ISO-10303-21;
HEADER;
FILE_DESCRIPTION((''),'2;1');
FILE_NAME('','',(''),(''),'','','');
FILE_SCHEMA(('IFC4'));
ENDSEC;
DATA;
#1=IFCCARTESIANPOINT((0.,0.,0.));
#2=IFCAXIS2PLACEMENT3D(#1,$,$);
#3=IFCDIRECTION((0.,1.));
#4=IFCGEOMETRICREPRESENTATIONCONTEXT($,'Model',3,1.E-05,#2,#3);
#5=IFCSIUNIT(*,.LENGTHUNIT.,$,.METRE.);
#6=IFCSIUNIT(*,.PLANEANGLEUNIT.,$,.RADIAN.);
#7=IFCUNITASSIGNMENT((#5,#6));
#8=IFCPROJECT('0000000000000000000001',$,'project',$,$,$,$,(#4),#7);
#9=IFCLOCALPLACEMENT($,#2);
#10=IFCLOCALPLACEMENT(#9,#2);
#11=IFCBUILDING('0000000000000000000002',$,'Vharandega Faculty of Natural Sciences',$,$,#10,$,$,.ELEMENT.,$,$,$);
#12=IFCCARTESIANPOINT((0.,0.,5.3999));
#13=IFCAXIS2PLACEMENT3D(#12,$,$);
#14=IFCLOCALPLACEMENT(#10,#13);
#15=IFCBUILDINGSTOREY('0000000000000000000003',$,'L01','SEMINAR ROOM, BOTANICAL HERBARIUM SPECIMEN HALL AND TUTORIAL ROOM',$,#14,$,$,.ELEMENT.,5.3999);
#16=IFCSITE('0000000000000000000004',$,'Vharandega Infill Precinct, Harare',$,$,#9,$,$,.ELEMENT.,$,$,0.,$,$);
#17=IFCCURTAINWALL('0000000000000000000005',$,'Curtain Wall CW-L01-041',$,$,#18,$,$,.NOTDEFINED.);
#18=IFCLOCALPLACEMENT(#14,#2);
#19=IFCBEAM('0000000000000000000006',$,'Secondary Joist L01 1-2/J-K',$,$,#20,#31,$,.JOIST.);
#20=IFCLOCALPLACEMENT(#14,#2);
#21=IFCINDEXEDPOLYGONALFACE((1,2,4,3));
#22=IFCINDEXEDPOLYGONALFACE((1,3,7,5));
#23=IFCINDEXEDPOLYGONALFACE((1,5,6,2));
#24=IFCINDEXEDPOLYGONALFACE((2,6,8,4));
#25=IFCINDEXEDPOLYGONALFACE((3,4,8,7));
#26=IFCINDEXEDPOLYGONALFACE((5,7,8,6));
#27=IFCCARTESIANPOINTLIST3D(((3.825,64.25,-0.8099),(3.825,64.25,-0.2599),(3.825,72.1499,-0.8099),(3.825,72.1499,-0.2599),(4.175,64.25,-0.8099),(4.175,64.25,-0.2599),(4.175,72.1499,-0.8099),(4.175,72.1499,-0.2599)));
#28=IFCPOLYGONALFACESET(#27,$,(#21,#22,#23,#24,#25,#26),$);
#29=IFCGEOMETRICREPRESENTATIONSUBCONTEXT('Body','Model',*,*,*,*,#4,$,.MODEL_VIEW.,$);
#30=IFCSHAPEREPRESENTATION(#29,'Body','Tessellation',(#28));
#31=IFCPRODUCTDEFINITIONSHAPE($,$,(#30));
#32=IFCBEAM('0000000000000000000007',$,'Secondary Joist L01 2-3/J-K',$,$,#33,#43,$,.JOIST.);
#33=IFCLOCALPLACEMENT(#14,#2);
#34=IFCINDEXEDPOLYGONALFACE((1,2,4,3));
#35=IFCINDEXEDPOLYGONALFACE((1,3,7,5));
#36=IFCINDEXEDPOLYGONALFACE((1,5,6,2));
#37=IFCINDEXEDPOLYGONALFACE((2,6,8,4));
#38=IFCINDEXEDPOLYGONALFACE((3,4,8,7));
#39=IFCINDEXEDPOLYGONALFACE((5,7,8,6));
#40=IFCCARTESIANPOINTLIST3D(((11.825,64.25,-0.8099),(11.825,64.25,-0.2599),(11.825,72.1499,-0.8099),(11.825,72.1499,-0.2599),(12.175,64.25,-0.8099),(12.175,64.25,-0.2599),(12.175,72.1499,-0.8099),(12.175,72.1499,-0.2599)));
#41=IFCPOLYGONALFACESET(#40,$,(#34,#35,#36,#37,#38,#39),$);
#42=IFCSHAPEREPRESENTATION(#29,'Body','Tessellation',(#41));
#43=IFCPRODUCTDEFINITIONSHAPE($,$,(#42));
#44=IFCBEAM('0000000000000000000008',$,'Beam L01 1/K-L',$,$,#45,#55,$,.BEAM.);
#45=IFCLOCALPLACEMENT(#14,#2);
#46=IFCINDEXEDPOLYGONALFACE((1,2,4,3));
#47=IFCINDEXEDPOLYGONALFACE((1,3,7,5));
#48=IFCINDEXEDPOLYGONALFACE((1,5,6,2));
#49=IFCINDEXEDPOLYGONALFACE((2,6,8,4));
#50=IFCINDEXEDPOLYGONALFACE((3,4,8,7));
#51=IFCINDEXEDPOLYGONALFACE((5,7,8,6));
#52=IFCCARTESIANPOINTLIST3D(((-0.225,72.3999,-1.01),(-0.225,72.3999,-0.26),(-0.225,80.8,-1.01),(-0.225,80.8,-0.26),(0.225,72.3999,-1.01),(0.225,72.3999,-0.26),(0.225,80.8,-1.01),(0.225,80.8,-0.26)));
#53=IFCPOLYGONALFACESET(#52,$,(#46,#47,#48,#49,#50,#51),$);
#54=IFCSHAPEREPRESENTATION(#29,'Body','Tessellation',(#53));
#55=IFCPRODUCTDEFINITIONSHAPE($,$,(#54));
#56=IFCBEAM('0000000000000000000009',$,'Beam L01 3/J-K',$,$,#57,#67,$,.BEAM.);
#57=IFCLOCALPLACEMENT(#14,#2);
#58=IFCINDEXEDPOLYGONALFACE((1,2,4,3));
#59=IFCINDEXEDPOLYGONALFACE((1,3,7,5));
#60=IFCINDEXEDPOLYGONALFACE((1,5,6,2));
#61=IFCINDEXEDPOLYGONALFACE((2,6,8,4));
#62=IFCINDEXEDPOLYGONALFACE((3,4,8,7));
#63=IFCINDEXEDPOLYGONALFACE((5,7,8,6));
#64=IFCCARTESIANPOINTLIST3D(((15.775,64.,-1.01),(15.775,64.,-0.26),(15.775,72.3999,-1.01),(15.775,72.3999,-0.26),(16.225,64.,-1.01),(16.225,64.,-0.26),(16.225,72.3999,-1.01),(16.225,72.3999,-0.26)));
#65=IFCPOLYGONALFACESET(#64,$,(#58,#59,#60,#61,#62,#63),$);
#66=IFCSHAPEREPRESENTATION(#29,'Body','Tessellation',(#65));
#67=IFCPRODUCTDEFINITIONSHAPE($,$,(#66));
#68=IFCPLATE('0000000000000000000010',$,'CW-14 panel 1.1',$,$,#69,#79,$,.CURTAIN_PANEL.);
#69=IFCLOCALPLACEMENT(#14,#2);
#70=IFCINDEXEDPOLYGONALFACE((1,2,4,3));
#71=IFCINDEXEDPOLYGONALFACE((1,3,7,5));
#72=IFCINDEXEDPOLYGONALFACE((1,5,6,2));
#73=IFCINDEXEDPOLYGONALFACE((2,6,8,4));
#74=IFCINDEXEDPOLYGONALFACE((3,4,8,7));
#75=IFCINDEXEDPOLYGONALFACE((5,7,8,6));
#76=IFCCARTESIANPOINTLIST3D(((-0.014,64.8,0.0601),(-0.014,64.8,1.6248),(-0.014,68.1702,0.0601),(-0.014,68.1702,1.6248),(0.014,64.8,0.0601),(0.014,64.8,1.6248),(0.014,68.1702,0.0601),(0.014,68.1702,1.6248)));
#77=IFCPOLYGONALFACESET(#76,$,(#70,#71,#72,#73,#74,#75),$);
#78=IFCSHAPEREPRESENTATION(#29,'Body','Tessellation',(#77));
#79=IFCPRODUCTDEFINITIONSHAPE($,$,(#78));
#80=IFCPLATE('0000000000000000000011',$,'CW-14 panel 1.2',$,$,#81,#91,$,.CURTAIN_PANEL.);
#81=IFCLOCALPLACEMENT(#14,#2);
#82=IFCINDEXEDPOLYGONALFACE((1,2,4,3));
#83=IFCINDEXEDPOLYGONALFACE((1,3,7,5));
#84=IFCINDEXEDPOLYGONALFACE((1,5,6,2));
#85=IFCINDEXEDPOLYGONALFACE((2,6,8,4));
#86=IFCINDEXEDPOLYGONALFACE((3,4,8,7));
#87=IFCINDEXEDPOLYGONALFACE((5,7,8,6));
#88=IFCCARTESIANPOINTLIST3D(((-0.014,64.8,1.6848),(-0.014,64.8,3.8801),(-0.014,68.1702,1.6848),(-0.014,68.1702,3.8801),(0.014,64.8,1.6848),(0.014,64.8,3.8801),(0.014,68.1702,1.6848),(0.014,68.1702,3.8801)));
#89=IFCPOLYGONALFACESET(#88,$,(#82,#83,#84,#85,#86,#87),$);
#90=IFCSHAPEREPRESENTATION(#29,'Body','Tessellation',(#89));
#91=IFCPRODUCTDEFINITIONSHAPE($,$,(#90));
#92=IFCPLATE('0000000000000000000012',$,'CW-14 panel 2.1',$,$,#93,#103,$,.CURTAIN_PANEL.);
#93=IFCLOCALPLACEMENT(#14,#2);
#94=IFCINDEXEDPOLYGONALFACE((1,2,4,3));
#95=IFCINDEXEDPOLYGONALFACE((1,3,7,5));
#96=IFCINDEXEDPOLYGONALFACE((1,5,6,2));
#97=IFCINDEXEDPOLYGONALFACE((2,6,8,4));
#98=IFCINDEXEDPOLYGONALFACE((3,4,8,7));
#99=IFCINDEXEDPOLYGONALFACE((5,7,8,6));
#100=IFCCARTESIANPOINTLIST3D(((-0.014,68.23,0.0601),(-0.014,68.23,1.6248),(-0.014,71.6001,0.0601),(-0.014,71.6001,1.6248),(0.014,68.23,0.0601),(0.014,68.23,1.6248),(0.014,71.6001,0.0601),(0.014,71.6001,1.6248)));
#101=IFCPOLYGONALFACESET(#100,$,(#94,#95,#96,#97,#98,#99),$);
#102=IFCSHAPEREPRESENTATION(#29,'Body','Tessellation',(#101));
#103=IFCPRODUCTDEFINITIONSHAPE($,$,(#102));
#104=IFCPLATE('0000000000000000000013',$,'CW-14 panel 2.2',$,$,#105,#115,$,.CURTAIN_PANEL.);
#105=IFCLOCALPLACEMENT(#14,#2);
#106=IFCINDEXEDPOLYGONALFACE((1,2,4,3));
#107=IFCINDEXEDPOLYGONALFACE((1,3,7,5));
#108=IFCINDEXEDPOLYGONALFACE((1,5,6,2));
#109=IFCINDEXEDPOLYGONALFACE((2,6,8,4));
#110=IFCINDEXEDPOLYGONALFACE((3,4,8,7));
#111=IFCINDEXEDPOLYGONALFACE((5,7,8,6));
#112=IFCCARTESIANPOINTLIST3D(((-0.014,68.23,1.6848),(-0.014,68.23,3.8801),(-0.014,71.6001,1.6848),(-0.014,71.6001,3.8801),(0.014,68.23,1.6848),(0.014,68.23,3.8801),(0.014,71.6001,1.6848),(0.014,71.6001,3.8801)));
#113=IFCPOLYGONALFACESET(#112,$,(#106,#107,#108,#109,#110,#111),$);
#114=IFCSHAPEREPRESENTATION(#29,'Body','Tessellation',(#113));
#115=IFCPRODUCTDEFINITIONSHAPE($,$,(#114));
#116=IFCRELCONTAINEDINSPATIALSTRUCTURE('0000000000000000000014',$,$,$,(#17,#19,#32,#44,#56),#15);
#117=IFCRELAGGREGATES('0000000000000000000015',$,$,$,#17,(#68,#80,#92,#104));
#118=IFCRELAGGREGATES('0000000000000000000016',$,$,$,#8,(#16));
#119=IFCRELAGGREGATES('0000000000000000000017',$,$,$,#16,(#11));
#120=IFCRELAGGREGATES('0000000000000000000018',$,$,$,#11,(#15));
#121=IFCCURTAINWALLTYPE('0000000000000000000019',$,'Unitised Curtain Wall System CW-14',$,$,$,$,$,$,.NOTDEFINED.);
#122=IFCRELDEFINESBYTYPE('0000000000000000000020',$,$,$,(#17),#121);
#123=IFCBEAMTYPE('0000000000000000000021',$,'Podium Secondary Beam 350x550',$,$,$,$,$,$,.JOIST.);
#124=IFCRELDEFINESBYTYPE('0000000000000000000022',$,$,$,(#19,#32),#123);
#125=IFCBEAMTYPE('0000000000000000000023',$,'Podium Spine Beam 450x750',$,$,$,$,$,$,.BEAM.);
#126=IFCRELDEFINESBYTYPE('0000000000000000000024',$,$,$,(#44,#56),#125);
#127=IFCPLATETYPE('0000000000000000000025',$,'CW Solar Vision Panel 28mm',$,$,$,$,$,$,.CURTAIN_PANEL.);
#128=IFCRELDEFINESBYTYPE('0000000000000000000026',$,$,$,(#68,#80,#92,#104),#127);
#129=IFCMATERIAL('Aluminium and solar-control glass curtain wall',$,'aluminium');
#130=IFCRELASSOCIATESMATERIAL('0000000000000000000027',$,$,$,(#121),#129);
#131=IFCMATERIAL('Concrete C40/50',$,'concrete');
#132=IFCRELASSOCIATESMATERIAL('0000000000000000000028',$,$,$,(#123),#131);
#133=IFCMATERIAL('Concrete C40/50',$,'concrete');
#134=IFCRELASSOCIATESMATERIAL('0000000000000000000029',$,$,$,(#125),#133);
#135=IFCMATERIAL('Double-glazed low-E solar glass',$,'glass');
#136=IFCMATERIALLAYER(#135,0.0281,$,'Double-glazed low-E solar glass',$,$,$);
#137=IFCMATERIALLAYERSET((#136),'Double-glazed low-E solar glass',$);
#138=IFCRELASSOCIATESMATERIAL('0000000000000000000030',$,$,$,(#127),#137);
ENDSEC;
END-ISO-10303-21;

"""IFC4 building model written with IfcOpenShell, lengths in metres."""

from ifc_helpers import new_model, si_unit, direction, frame, origin, origin_2d, place, context, subcontext, project, spatial, rectangle, extrude, material, layer, layer_set, material_profile, profile_set, type_object, element, aggregate, save


model = new_model("IFC4")

# Units and contexts
model_context = context("Model", 3, precision=1e-05, world=origin(), true_north=direction((0.0, 1.0)))
body_context = subcontext(model_context, "Body", "Model", "MODEL_VIEW")
ifc_project = project(units=[si_unit("LENGTHUNIT", "METRE"), si_unit("PLANEANGLEUNIT", "RADIAN")], contexts=[model_context])

# Site, building, storey
site_placement = place(None, origin())
site = spatial("IfcSite", under=ifc_project, at=site_placement, Name="Vharandega Infill Precinct, Harare", CompositionType="ELEMENT", RefElevation=0.0)
building_placement = place(site_placement, origin())
building = spatial("IfcBuilding", under=site, at=building_placement, Name="Vharandega Faculty of Natural Sciences", CompositionType="ELEMENT")
storey_placement = place(building_placement, frame((0.0, 0.0, 5.3999)))
storey = spatial("IfcBuildingStorey", under=building, at=storey_placement, Name="L01", Description="SEMINAR ROOM, BOTANICAL HERBARIUM SPECIMEN HALL AND TUTORIAL ROOM", CompositionType="ELEMENT", Elevation=5.3999)

# Curtain wall
ifc_material_1 = material(Name="Aluminium and solar-control glass curtain wall", Category="aluminium")
curtain_wall_type = type_object("IfcCurtainWallType", Name="Unitised Curtain Wall System CW-14", PredefinedType="NOTDEFINED", material=ifc_material_1)
curtain_wall_placement = place(storey_placement, origin())
curtain_wall = element("IfcCurtainWall", 1, at=curtain_wall_placement, inside=storey, type_object=curtain_wall_type, Name="Curtain Wall CW-L01-041", PredefinedType="NOTDEFINED")

# Beams
ifc_material_2 = material(Name="Concrete C40/50", Category="concrete")
ifc_material_profile_1 = material_profile(ifc_material_2, rectangle(XDim=0.3501, YDim=0.55, at=origin_2d()), Name="RC 350x550")
ifc_profile_set_1 = profile_set([ifc_material_profile_1], Name="Concrete C40/50")
beam_type_1 = type_object("IfcBeamType", Name="Podium Secondary Beam 350x550", PredefinedType="JOIST", material=ifc_profile_set_1)
for number, where, z_axis, x_axis, name in (
    (2, (4.0, 64.25, -0.5349), (0.0, 1.0, 0.0), (-1.0, 0.0, 0.0), "Secondary Joist L01 1-2/J-K"),
    (3, (12.0, 64.25, -0.5349), (0.0, 1.0, 0.0), (-1.0, 0.0, 0.0), "Secondary Joist L01 2-3/J-K"),
):
    element("IfcBeam", number, at=place(storey_placement, frame(where, z_axis=z_axis, x_axis=x_axis)), inside=storey, type_object=beam_type_1, Name=name, PredefinedType="JOIST", context=body_context, shape_type="SweptSolid", body=[
        extrude(rectangle(XDim=0.3501, YDim=0.55, at=origin_2d()), origin(), (0.0, 0.0, 1.0), 7.8999),
    ])
ifc_material_3 = material(Name="Concrete C40/50", Category="concrete")
ifc_material_profile_2 = material_profile(ifc_material_3, rectangle(XDim=0.45, YDim=0.75, at=origin_2d()), Name="RC 450x750")
ifc_profile_set_2 = profile_set([ifc_material_profile_2], Name="Concrete C40/50")
beam_type_2 = type_object("IfcBeamType", Name="Podium Spine Beam 450x750", PredefinedType="BEAM", material=ifc_profile_set_2)
beam_1_placement = place(storey_placement, frame((0.0, 72.3999, -0.635), z_axis=(0.0, 1.0, 0.0), x_axis=(-1.0, 0.0, 0.0)))
element("IfcBeam", 4, at=beam_1_placement, inside=storey, type_object=beam_type_2, Name="Beam L01 1/K-L", PredefinedType="BEAM", context=body_context, shape_type="SweptSolid", body=[
    extrude(rectangle(XDim=0.45, YDim=0.75, at=origin_2d()), origin(), (0.0, 0.0, 1.0), 8.4001),
])
beam_2_placement = place(storey_placement, frame((16.0, 64.0, -0.635), z_axis=(0.0, 1.0, 0.0), x_axis=(-1.0, 0.0, 0.0)))
element("IfcBeam", 5, at=beam_2_placement, inside=storey, type_object=beam_type_2, Name="Beam L01 3/J-K", PredefinedType="BEAM", context=body_context, shape_type="SweptSolid", body=[
    extrude(rectangle(XDim=0.45, YDim=0.75, at=origin_2d()), origin(), (0.0, 0.0, 1.0), 8.3999),
])

# Plates
ifc_material_4 = material(Name="Double-glazed low-E solar glass", Category="glass")
ifc_layer = layer(ifc_material_4, 0.0281, Name="Double-glazed low-E solar glass")
ifc_layer_set = layer_set([ifc_layer], Name="Double-glazed low-E solar glass")
plate_type = type_object("IfcPlateType", Name="CW Solar Vision Panel 28mm", PredefinedType="CURTAIN_PANEL", material=ifc_layer_set)
plate_1_placement = place(storey_placement, frame((0.0, 66.4851, 0.0601), z_axis=(0.0, 0.0, 1.0), x_axis=(0.0, 1.0, 0.0)))
plate_1 = element("IfcPlate", 6, at=plate_1_placement, type_object=plate_type, Name="CW-14 panel 1.1", PredefinedType="CURTAIN_PANEL", context=body_context, shape_type="SweptSolid", body=[
    extrude(rectangle(XDim=3.3701, YDim=0.0281, at=origin_2d()), origin(), (0.0, 0.0, 1.0), 1.5647),
])
plate_2_placement = place(storey_placement, frame((0.0, 66.4851, 1.6848), z_axis=(0.0, 0.0, 1.0), x_axis=(0.0, 1.0, 0.0)))
plate_2 = element("IfcPlate", 7, at=plate_2_placement, type_object=plate_type, Name="CW-14 panel 1.2", PredefinedType="CURTAIN_PANEL", context=body_context, shape_type="SweptSolid", body=[
    extrude(rectangle(XDim=3.3701, YDim=0.0281, at=origin_2d()), origin(), (0.0, 0.0, 1.0), 2.1953),
])
plate_3_placement = place(storey_placement, frame((0.0, 69.915, 0.0601), z_axis=(0.0, 0.0, 1.0), x_axis=(0.0, 1.0, 0.0)))
plate_3 = element("IfcPlate", 8, at=plate_3_placement, type_object=plate_type, Name="CW-14 panel 2.1", PredefinedType="CURTAIN_PANEL", context=body_context, shape_type="SweptSolid", body=[
    extrude(rectangle(XDim=3.3701, YDim=0.0281, at=origin_2d()), origin(), (0.0, 0.0, 1.0), 1.5647),
])
plate_4_placement = place(storey_placement, frame((0.0, 69.915, 1.6848), z_axis=(0.0, 0.0, 1.0), x_axis=(0.0, 1.0, 0.0)))
plate_4 = element("IfcPlate", 9, at=plate_4_placement, type_object=plate_type, Name="CW-14 panel 2.2", PredefinedType="CURTAIN_PANEL", context=body_context, shape_type="SweptSolid", body=[
    extrude(rectangle(XDim=3.3701, YDim=0.0281, at=origin_2d()), origin(), (0.0, 0.0, 1.0), 2.1953),
])
aggregate(curtain_wall, [plate_1, plate_2, plate_3, plate_4])

save(model, "model.ifc")
